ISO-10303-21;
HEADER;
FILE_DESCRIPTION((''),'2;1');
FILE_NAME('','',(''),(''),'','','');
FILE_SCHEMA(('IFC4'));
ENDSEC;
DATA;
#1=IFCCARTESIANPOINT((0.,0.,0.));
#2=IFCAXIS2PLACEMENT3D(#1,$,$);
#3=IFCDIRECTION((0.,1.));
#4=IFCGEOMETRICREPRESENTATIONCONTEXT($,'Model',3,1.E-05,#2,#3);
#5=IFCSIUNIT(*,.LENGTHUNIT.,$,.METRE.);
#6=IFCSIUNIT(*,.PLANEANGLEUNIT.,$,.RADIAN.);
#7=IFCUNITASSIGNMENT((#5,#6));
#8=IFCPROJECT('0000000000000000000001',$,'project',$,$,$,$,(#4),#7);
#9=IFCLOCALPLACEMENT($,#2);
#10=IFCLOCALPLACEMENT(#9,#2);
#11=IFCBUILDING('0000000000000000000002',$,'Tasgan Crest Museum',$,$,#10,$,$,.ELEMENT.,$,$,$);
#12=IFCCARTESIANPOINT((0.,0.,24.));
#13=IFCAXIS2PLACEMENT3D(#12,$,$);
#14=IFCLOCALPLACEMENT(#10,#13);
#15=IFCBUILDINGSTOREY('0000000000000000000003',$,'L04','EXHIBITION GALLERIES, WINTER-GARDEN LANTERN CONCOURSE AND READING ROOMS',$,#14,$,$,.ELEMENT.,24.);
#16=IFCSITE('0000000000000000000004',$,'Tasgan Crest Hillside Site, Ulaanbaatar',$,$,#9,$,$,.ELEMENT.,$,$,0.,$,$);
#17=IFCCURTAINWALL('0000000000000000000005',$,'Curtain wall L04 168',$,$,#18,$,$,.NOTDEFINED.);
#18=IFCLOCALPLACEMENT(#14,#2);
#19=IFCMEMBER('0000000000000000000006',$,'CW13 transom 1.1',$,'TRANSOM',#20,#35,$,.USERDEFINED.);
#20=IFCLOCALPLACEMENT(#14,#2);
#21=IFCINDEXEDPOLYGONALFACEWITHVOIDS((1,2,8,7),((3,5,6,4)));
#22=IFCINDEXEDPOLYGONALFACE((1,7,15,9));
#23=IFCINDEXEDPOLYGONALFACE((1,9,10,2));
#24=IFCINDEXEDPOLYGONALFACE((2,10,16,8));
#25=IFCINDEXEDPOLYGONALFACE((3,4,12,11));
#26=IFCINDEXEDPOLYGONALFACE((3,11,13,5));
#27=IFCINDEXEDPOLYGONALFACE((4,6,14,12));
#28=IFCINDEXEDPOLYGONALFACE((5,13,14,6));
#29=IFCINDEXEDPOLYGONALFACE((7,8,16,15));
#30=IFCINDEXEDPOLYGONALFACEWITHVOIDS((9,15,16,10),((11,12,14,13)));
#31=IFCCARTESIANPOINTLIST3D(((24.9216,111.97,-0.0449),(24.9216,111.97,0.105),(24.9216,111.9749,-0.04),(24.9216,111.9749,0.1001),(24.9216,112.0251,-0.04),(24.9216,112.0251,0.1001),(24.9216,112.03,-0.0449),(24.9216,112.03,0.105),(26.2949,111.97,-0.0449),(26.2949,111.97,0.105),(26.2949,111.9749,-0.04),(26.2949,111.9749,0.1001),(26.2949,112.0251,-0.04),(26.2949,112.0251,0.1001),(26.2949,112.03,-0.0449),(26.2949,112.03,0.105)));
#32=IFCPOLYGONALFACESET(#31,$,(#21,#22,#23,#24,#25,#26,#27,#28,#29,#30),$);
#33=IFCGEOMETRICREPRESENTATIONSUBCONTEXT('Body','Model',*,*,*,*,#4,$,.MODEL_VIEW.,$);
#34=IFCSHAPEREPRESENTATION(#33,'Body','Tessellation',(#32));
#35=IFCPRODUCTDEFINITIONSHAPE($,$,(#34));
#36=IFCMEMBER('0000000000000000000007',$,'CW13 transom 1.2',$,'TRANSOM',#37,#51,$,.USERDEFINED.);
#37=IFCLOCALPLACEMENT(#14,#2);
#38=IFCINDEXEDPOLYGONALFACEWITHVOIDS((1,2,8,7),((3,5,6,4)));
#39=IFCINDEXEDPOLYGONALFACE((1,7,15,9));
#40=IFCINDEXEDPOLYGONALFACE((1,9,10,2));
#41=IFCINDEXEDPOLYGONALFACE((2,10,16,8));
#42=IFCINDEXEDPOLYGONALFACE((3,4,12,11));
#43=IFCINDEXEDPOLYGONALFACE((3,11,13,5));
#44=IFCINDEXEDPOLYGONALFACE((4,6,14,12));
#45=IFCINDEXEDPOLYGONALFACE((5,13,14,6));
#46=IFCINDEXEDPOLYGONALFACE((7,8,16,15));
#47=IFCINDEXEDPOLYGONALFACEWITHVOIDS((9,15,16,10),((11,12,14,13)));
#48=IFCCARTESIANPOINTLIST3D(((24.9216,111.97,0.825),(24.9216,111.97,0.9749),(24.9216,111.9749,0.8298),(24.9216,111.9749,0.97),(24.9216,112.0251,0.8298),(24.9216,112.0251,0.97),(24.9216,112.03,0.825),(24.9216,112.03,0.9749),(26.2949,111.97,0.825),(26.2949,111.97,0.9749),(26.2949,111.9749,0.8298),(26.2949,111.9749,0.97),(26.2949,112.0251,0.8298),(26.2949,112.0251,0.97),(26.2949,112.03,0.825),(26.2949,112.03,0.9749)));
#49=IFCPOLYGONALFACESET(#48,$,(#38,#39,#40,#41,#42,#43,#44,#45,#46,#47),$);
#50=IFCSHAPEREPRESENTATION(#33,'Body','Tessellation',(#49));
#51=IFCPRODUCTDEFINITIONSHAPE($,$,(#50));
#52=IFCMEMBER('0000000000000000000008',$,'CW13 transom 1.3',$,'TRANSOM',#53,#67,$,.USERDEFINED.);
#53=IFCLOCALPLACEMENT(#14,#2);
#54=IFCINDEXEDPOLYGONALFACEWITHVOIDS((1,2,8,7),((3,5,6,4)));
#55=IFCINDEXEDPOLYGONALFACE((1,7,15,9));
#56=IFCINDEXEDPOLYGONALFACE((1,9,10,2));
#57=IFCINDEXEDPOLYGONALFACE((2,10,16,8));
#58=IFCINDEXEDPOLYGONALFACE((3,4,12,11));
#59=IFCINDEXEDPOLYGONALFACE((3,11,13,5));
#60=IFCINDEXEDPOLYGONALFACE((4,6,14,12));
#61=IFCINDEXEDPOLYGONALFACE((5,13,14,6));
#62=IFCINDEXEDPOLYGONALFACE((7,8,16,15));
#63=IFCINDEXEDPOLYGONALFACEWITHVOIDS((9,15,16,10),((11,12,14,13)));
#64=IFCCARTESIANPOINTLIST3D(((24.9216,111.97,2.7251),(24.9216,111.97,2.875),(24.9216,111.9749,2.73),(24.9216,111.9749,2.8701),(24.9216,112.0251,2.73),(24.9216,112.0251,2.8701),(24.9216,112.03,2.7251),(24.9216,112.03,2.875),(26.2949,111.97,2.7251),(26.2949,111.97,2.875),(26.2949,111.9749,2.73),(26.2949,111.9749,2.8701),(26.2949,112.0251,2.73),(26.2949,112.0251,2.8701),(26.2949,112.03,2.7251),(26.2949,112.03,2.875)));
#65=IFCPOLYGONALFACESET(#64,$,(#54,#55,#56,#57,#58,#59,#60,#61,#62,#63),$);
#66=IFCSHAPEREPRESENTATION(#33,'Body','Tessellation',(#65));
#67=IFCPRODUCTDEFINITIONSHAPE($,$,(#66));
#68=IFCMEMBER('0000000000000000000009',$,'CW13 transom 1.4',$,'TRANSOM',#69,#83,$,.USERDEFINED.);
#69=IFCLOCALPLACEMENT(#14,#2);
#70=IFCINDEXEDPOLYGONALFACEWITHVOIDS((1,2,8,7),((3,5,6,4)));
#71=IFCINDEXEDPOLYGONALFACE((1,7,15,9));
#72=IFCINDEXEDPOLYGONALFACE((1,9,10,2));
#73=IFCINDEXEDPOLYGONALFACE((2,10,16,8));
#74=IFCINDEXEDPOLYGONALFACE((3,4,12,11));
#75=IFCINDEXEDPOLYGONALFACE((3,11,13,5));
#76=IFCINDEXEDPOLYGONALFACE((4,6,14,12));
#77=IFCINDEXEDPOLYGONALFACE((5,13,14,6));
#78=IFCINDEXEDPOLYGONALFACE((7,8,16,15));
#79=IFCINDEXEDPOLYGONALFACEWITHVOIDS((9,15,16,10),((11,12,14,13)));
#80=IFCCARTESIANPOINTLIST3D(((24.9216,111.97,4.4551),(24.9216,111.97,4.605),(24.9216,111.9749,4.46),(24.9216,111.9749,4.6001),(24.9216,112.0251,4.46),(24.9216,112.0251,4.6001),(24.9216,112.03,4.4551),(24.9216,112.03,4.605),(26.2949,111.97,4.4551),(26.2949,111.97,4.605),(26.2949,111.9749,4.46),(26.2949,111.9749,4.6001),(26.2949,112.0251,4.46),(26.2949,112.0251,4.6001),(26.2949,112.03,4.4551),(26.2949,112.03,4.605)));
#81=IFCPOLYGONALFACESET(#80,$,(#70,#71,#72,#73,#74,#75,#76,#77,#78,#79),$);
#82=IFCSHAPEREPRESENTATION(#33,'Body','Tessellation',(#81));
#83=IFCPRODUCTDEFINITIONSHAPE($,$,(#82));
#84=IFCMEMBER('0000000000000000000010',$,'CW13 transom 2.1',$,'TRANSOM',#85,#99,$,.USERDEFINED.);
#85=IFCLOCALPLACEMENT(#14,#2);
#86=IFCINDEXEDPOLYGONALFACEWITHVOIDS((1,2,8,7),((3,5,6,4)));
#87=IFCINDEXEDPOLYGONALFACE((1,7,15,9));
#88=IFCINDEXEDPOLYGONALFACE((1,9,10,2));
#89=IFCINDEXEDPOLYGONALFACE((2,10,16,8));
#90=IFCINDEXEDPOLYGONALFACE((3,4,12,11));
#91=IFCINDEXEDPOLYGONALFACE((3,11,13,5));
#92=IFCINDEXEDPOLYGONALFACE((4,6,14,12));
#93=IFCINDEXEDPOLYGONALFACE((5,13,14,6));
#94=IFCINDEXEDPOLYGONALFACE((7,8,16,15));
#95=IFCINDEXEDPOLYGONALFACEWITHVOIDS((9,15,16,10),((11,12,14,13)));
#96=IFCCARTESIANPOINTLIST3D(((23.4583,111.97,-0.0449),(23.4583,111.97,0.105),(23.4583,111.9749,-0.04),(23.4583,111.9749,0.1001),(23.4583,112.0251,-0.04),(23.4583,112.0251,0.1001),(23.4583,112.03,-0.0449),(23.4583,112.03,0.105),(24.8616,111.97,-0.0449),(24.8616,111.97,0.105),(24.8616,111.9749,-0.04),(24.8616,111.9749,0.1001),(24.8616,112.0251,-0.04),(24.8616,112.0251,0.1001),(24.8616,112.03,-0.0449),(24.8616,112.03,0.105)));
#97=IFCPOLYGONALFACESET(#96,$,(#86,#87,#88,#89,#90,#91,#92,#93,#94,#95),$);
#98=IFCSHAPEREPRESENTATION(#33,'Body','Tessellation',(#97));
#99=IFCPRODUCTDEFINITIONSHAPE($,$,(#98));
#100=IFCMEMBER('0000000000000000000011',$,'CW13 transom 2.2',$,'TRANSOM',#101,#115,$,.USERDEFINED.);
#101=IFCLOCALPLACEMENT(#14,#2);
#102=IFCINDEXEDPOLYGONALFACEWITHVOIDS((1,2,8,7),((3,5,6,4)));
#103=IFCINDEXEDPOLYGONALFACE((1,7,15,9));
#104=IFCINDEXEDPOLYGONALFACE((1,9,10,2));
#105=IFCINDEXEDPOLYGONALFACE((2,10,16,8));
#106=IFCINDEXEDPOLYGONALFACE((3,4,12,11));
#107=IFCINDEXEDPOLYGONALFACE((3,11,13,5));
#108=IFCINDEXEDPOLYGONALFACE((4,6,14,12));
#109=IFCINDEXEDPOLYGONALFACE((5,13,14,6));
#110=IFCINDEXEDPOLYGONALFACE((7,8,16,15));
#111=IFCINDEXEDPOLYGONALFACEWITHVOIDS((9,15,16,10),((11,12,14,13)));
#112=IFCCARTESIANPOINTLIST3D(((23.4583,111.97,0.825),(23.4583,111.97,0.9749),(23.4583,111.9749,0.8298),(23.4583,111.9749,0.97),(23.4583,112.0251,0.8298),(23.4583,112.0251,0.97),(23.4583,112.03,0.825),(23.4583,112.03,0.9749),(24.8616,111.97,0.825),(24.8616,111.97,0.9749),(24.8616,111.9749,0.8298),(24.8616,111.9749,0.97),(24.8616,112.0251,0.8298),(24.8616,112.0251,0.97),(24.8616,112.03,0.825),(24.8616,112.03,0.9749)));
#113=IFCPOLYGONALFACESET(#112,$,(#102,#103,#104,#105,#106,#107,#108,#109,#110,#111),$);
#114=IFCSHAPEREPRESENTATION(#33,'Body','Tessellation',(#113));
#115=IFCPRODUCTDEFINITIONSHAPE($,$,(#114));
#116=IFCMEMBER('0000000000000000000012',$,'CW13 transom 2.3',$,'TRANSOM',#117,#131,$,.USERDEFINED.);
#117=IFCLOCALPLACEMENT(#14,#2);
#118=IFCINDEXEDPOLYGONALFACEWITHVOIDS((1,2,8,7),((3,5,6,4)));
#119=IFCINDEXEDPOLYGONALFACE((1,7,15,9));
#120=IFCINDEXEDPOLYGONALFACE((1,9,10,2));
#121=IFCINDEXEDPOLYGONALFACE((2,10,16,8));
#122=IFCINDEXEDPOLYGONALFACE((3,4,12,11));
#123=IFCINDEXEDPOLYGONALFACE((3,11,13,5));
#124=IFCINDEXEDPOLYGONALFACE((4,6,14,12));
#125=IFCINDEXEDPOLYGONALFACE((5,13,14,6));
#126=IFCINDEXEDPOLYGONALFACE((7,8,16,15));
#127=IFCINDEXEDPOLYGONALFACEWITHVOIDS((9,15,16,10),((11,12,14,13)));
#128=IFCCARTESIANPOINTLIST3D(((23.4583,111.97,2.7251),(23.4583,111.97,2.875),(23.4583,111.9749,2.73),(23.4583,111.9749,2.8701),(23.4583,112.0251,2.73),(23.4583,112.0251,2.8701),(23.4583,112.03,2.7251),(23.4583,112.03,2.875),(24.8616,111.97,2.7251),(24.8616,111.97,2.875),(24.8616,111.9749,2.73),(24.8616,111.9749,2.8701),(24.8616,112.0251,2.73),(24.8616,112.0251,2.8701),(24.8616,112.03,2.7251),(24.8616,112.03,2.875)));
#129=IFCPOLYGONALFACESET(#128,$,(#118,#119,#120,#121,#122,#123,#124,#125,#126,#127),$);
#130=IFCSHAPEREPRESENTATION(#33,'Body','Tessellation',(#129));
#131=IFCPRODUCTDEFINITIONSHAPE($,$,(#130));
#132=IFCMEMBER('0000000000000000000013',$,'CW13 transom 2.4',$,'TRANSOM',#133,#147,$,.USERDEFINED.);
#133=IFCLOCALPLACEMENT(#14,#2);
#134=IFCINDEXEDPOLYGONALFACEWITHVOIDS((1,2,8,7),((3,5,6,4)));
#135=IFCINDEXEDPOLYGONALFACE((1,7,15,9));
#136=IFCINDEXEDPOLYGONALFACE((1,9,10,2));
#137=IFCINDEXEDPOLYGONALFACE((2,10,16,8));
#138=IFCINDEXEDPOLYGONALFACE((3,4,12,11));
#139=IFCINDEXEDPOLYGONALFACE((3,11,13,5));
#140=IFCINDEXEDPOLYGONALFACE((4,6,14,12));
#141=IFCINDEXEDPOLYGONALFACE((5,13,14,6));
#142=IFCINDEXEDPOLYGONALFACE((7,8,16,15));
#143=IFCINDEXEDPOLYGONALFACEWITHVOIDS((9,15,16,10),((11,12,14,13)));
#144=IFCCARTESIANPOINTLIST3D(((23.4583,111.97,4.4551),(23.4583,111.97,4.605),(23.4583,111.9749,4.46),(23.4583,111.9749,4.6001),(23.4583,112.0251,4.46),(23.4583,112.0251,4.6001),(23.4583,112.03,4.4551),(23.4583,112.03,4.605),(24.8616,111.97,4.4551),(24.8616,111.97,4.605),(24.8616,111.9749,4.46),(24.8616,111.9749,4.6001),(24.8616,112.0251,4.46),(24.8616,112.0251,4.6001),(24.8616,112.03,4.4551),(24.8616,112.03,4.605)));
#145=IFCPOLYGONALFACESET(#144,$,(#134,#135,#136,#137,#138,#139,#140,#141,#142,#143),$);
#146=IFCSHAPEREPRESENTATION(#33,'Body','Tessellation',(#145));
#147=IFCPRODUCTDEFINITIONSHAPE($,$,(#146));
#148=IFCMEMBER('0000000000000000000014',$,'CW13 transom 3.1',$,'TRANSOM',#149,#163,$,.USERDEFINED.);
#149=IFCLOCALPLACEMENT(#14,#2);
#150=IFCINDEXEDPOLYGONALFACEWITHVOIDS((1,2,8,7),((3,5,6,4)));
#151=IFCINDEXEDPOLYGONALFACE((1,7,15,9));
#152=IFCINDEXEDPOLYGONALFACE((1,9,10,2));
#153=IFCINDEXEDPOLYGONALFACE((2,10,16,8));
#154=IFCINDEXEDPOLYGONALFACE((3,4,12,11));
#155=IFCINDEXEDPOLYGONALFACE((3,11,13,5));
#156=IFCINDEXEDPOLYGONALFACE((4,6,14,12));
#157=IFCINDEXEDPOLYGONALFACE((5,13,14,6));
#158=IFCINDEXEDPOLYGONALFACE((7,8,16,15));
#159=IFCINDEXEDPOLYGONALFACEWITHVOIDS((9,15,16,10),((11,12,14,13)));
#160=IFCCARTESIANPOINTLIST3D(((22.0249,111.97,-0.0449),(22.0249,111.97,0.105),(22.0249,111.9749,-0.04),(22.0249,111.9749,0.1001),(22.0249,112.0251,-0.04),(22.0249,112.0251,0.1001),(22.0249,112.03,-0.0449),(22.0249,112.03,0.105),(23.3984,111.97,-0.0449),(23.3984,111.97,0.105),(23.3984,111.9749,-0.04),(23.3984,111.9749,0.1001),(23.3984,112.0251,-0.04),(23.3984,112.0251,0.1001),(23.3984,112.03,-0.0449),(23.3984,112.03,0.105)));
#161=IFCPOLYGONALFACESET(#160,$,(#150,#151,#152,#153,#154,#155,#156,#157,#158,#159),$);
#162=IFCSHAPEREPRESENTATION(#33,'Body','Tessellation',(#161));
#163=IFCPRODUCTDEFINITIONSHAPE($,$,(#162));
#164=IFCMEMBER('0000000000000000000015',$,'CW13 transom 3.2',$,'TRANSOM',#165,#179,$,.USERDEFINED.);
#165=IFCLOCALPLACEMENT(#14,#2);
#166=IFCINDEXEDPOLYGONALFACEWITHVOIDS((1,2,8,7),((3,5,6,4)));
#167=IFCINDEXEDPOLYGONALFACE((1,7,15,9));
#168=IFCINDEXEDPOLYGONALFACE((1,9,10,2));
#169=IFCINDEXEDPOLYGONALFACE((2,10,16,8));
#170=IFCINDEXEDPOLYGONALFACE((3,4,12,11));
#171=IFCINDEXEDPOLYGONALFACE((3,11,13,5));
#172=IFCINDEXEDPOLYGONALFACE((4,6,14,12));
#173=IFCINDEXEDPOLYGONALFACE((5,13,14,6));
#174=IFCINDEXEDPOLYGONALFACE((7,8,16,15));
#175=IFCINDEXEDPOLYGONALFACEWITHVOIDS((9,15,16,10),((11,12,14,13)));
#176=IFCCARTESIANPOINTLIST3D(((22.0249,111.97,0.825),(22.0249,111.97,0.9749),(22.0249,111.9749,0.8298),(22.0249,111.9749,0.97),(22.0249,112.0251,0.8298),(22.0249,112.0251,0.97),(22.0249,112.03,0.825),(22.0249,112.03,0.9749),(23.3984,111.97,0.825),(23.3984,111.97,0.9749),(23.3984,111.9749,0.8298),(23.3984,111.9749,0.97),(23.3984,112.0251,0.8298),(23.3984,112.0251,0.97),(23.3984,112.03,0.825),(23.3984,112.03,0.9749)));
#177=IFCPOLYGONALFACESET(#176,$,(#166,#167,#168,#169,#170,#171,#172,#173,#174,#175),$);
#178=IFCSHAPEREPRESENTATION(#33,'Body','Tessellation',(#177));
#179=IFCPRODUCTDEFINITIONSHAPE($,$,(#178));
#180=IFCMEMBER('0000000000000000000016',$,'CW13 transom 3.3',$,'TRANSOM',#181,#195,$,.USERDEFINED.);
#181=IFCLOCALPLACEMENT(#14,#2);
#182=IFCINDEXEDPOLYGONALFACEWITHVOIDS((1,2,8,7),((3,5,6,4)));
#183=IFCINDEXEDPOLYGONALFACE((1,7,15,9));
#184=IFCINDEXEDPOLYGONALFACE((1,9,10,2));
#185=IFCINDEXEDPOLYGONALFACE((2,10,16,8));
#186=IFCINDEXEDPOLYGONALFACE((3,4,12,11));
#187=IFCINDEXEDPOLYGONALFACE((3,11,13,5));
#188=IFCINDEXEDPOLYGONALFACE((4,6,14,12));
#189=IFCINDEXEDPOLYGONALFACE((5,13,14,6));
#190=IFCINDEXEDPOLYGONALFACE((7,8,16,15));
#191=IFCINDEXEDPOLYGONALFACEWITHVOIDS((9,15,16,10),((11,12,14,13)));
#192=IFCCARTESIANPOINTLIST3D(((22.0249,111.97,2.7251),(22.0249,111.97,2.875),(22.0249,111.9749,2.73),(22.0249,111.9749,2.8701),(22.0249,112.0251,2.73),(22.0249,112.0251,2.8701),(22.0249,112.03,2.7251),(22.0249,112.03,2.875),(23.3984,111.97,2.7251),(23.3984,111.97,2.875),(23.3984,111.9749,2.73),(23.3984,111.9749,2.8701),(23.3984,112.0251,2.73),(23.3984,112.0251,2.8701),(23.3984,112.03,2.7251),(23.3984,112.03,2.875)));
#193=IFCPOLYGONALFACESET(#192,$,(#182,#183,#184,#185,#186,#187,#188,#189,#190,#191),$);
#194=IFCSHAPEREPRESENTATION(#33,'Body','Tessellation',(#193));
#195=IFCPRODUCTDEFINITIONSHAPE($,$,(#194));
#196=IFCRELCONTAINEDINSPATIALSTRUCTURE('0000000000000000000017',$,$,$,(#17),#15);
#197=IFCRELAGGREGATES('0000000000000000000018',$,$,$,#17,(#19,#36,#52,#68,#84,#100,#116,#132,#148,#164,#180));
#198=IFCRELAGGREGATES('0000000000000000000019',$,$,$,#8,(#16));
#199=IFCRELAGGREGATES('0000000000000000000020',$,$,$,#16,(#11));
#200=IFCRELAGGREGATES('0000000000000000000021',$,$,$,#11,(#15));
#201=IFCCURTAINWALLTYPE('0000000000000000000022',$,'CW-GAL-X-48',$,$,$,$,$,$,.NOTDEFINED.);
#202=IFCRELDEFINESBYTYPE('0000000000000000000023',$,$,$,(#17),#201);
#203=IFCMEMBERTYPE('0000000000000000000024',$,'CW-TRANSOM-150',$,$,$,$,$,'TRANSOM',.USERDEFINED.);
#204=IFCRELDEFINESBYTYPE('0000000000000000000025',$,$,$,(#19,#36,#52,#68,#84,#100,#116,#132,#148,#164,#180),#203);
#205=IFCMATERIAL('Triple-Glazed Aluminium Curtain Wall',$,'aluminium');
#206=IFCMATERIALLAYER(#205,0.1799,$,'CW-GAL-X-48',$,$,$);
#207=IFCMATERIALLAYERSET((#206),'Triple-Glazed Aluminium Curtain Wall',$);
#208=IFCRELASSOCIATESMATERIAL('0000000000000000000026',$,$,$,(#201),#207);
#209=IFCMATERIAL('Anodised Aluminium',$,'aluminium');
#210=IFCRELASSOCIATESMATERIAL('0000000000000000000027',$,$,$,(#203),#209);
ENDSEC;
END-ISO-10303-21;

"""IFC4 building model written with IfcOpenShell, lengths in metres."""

from ifc_helpers import new_model, si_unit, direction, frame, origin, origin_2d, place, context, subcontext, project, spatial, hollow_rectangle, extrude, material, layer, layer_set, material_profile, profile_set, type_object, element, aggregate, save


model = new_model("IFC4")

# Units and contexts
model_context = context("Model", 3, precision=1e-05, world=origin(), true_north=direction((0.0, 1.0)))
body_context = subcontext(model_context, "Body", "Model", "MODEL_VIEW")
ifc_project = project(units=[si_unit("LENGTHUNIT", "METRE"), si_unit("PLANEANGLEUNIT", "RADIAN")], contexts=[model_context])

# Site, building, storey
site_placement = place(None, origin())
site = spatial("IfcSite", under=ifc_project, at=site_placement, Name="Tasgan Crest Hillside Site, Ulaanbaatar", CompositionType="ELEMENT", RefElevation=0.0)
building_placement = place(site_placement, origin())
building = spatial("IfcBuilding", under=site, at=building_placement, Name="Tasgan Crest Museum", CompositionType="ELEMENT")
storey_placement = place(building_placement, frame((0.0, 0.0, 24.0)))
storey = spatial("IfcBuildingStorey", under=building, at=storey_placement, Name="L04", Description="EXHIBITION GALLERIES, WINTER-GARDEN LANTERN CONCOURSE AND READING ROOMS", CompositionType="ELEMENT", Elevation=24.0)

# Curtain wall, members
ifc_material_1 = material(Name="Triple-Glazed Aluminium Curtain Wall", Category="aluminium")
ifc_layer_1 = layer(ifc_material_1, 0.1799, Name="CW-GAL-X-48")
ifc_layer_set_1 = layer_set([ifc_layer_1], Name="Triple-Glazed Aluminium Curtain Wall")
curtain_wall_type = type_object("IfcCurtainWallType", Name="CW-GAL-X-48", PredefinedType="NOTDEFINED", material=ifc_layer_set_1)
curtain_wall_placement = place(storey_placement, origin())
curtain_wall = element("IfcCurtainWall", 1, at=curtain_wall_placement, inside=storey, type_object=curtain_wall_type, Name="Curtain wall L04 168", PredefinedType="NOTDEFINED")
ifc_material_2 = material(Name="Anodised Aluminium", Category="aluminium")
ifc_material_profile_1 = material_profile(ifc_material_2, hollow_rectangle(XDim=0.0601, YDim=0.1499, WallThickness=0.0049, at=origin_2d()), Name="ALU TRANSOM 150x60x5")
ifc_profile_set_1 = profile_set([ifc_material_profile_1], Name="Anodised Aluminium")
member_type_1 = type_object("IfcMemberType", Name="CW-TRANSOM-150", ElementType="TRANSOM", PredefinedType="USERDEFINED", material=ifc_profile_set_1)
member_1_placement = place(storey_placement, frame((26.2949, 112.0, 0.03), z_axis=(-1.0, 0.0, 0.0), x_axis=(0.0, -1.0, 0.0)))
member_1 = element("IfcMember", 2, at=member_1_placement, type_object=member_type_1, Name="CW13 transom 1.1", ObjectType="TRANSOM", PredefinedType="USERDEFINED", context=body_context, shape_type="SweptSolid", body=[
    extrude(hollow_rectangle(XDim=0.0601, YDim=0.1499, WallThickness=0.0049, at=origin_2d()), origin(), (0.0, 0.0, 1.0), 1.3733),
])
member_2_placement = place(storey_placement, frame((26.2949, 112.0, 0.8999), z_axis=(-1.0, 0.0, 0.0), x_axis=(0.0, -1.0, 0.0)))
member_2 = element("IfcMember", 3, at=member_2_placement, type_object=member_type_1, Name="CW13 transom 1.2", ObjectType="TRANSOM", PredefinedType="USERDEFINED", context=body_context, shape_type="SweptSolid", body=[
    extrude(hollow_rectangle(XDim=0.0601, YDim=0.1499, WallThickness=0.0049, at=origin_2d()), origin(), (0.0, 0.0, 1.0), 1.3733),
])
member_3_placement = place(storey_placement, frame((26.2949, 112.0, 2.8), z_axis=(-1.0, 0.0, 0.0), x_axis=(0.0, -1.0, 0.0)))
member_3 = element("IfcMember", 4, at=member_3_placement, type_object=member_type_1, Name="CW13 transom 1.3", ObjectType="TRANSOM", PredefinedType="USERDEFINED", context=body_context, shape_type="SweptSolid", body=[
    extrude(hollow_rectangle(XDim=0.0601, YDim=0.1499, WallThickness=0.0049, at=origin_2d()), origin(), (0.0, 0.0, 1.0), 1.3733),
])
member_4_placement = place(storey_placement, frame((26.2949, 112.0, 4.53), z_axis=(-1.0, 0.0, 0.0), x_axis=(0.0, -1.0, 0.0)))
member_4 = element("IfcMember", 5, at=member_4_placement, type_object=member_type_1, Name="CW13 transom 1.4", ObjectType="TRANSOM", PredefinedType="USERDEFINED", context=body_context, shape_type="SweptSolid", body=[
    extrude(hollow_rectangle(XDim=0.0601, YDim=0.1499, WallThickness=0.0049, at=origin_2d()), origin(), (0.0, 0.0, 1.0), 1.3733),
])
member_5_placement = place(storey_placement, frame((24.8616, 112.0, 0.03), z_axis=(-1.0, 0.0, 0.0), x_axis=(0.0, -1.0, 0.0)))
member_5 = element("IfcMember", 6, at=member_5_placement, type_object=member_type_1, Name="CW13 transom 2.1", ObjectType="TRANSOM", PredefinedType="USERDEFINED", context=body_context, shape_type="SweptSolid", body=[
    extrude(hollow_rectangle(XDim=0.0601, YDim=0.1499, WallThickness=0.0049, at=origin_2d()), origin(), (0.0, 0.0, 1.0), 1.4033),
])
member_6_placement = place(storey_placement, frame((24.8616, 112.0, 0.8999), z_axis=(-1.0, 0.0, 0.0), x_axis=(0.0, -1.0, 0.0)))
member_6 = element("IfcMember", 7, at=member_6_placement, type_object=member_type_1, Name="CW13 transom 2.2", ObjectType="TRANSOM", PredefinedType="USERDEFINED", context=body_context, shape_type="SweptSolid", body=[
    extrude(hollow_rectangle(XDim=0.0601, YDim=0.1499, WallThickness=0.0049, at=origin_2d()), origin(), (0.0, 0.0, 1.0), 1.4033),
])
member_7_placement = place(storey_placement, frame((24.8616, 112.0, 2.8), z_axis=(-1.0, 0.0, 0.0), x_axis=(0.0, -1.0, 0.0)))
member_7 = element("IfcMember", 8, at=member_7_placement, type_object=member_type_1, Name="CW13 transom 2.3", ObjectType="TRANSOM", PredefinedType="USERDEFINED", context=body_context, shape_type="SweptSolid", body=[
    extrude(hollow_rectangle(XDim=0.0601, YDim=0.1499, WallThickness=0.0049, at=origin_2d()), origin(), (0.0, 0.0, 1.0), 1.4033),
])
member_8_placement = place(storey_placement, frame((24.8616, 112.0, 4.53), z_axis=(-1.0, 0.0, 0.0), x_axis=(0.0, -1.0, 0.0)))
member_8 = element("IfcMember", 9, at=member_8_placement, type_object=member_type_1, Name="CW13 transom 2.4", ObjectType="TRANSOM", PredefinedType="USERDEFINED", context=body_context, shape_type="SweptSolid", body=[
    extrude(hollow_rectangle(XDim=0.0601, YDim=0.1499, WallThickness=0.0049, at=origin_2d()), origin(), (0.0, 0.0, 1.0), 1.4033),
])
member_9_placement = place(storey_placement, frame((23.3984, 112.0, 0.03), z_axis=(-1.0, 0.0, 0.0), x_axis=(0.0, -1.0, 0.0)))
member_9 = element("IfcMember", 10, at=member_9_placement, type_object=member_type_1, Name="CW13 transom 3.1", ObjectType="TRANSOM", PredefinedType="USERDEFINED", context=body_context, shape_type="SweptSolid", body=[
    extrude(hollow_rectangle(XDim=0.0601, YDim=0.1499, WallThickness=0.0049, at=origin_2d()), origin(), (0.0, 0.0, 1.0), 1.3735),
])
member_10_placement = place(storey_placement, frame((23.3984, 112.0, 0.8999), z_axis=(-1.0, 0.0, 0.0), x_axis=(0.0, -1.0, 0.0)))
member_10 = element("IfcMember", 11, at=member_10_placement, type_object=member_type_1, Name="CW13 transom 3.2", ObjectType="TRANSOM", PredefinedType="USERDEFINED", context=body_context, shape_type="SweptSolid", body=[
    extrude(hollow_rectangle(XDim=0.0601, YDim=0.1499, WallThickness=0.0049, at=origin_2d()), origin(), (0.0, 0.0, 1.0), 1.3735),
])
member_11_placement = place(storey_placement, frame((23.3984, 112.0, 2.8), z_axis=(-1.0, 0.0, 0.0), x_axis=(0.0, -1.0, 0.0)))
member_11 = element("IfcMember", 12, at=member_11_placement, type_object=member_type_1, Name="CW13 transom 3.3", ObjectType="TRANSOM", PredefinedType="USERDEFINED", context=body_context, shape_type="SweptSolid", body=[
    extrude(hollow_rectangle(XDim=0.0601, YDim=0.1499, WallThickness=0.0049, at=origin_2d()), origin(), (0.0, 0.0, 1.0), 1.3735),
])

aggregate(curtain_wall, [member_1, member_2, member_3, member_4, member_5, member_6, member_7, member_8, member_9, member_10, member_11])

save(model, "model.ifc")
